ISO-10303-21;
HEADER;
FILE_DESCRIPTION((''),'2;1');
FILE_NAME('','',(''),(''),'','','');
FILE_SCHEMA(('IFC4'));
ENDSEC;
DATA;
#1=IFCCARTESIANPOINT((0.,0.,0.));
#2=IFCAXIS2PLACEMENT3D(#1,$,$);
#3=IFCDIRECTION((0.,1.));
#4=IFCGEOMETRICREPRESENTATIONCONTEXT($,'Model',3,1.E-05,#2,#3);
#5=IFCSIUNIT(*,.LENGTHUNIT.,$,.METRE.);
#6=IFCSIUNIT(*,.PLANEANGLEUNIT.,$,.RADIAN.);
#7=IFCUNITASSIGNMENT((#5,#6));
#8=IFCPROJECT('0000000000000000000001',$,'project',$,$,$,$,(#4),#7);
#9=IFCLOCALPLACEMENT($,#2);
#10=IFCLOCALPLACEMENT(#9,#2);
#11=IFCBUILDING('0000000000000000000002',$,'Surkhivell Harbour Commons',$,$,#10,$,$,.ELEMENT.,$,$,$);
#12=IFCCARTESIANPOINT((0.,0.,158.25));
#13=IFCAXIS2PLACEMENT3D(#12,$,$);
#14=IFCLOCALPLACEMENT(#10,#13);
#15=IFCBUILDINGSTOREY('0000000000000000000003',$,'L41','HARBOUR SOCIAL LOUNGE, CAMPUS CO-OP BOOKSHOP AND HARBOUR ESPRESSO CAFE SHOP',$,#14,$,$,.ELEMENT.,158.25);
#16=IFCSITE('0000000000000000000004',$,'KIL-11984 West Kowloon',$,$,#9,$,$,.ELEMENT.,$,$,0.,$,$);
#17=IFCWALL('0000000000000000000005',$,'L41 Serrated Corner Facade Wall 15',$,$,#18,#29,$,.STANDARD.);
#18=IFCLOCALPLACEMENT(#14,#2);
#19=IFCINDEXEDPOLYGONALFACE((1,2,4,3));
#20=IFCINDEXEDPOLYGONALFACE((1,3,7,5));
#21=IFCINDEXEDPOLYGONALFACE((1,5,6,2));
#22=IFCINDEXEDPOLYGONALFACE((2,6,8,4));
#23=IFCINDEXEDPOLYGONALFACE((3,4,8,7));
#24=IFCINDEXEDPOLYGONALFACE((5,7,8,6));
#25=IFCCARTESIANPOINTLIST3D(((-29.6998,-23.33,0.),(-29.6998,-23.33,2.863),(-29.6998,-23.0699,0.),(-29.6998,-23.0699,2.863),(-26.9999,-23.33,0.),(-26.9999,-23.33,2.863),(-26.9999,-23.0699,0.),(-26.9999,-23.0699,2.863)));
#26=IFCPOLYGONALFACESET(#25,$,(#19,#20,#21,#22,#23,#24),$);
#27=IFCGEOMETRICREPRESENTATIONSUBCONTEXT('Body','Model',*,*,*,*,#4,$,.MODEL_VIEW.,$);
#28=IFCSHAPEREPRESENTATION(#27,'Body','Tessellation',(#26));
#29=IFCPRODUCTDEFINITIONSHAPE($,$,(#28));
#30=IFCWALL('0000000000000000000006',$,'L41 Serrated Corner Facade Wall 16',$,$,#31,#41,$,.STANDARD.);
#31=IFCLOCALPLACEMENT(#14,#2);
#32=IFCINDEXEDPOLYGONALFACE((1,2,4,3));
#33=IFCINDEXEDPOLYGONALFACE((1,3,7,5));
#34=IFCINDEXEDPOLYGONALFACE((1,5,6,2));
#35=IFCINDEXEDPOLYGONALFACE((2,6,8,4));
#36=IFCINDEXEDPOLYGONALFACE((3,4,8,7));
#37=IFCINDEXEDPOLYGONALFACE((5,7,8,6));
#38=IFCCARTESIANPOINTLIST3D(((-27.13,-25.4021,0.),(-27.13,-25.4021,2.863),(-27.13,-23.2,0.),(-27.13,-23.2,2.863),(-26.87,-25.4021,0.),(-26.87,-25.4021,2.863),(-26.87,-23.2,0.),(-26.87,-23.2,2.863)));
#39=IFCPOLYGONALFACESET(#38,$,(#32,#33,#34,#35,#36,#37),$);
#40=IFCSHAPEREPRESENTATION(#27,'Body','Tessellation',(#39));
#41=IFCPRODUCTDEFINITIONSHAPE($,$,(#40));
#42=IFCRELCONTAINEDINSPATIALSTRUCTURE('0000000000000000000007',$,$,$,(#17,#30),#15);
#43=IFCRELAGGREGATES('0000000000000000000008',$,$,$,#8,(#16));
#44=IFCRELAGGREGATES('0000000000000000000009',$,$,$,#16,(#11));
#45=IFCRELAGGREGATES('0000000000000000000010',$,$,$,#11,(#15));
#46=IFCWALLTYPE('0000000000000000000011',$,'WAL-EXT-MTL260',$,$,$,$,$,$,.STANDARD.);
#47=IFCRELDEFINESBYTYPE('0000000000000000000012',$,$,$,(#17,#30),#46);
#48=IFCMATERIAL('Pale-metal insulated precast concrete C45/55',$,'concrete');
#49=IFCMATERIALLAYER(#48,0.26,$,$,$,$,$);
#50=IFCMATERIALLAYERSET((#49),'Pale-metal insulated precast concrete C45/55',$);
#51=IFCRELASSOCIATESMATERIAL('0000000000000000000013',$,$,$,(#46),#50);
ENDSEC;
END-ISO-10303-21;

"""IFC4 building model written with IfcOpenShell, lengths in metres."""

from ifc_helpers import new_model, si_unit, direction, frame, frame_2d, origin, place, context, subcontext, project, spatial, rectangle, extrude, material, layer, layer_set, type_object, element, save


model = new_model("IFC4")

# Units and contexts
model_context = context("Model", 3, precision=1e-05, world=origin(), true_north=direction((0.0, 1.0)))
body_context = subcontext(model_context, "Body", "Model", "MODEL_VIEW")
ifc_project = project(units=[si_unit("LENGTHUNIT", "METRE"), si_unit("PLANEANGLEUNIT", "RADIAN")], contexts=[model_context])

# Site, building, storey
site_placement = place(None, origin())
site = spatial("IfcSite", under=ifc_project, at=site_placement, Name="KIL-11984 West Kowloon", CompositionType="ELEMENT", RefElevation=0.0)
building_placement = place(site_placement, origin())
building = spatial("IfcBuilding", under=site, at=building_placement, Name="Surkhivell Harbour Commons", CompositionType="ELEMENT")
storey_placement = place(building_placement, frame((0.0, 0.0, 158.25)))
storey = spatial("IfcBuildingStorey", under=building, at=storey_placement, Name="L41", Description="HARBOUR SOCIAL LOUNGE, CAMPUS CO-OP BOOKSHOP AND HARBOUR ESPRESSO CAFE SHOP", CompositionType="ELEMENT", Elevation=158.25)

# Walls
ifc_material_1 = material(Name="Pale-metal insulated precast concrete C45/55", Category="concrete")
ifc_layer_1 = layer(ifc_material_1, 0.26)
ifc_layer_set_1 = layer_set([ifc_layer_1], Name="Pale-metal insulated precast concrete C45/55")
wall_type = type_object("IfcWallType", Name="WAL-EXT-MTL260", PredefinedType="STANDARD", material=ifc_layer_set_1)
for number, where, z_axis, x_axis, name in (
    (1, (-29.7, -23.2, 0.0), (0.0, 0.0, 1.0), (1.0, 0.0, 0.0), "L41 Serrated Corner Facade Wall 15"),
):
    element("IfcWall", number, at=place(storey_placement, frame(where, z_axis=z_axis, x_axis=x_axis)), inside=storey, type_object=wall_type, Name=name, PredefinedType="STANDARD", context=body_context, shape_type="SweptSolid", body=[
        extrude(rectangle(XDim=2.7, YDim=0.26, at=frame_2d((1.3501, 0.0))), origin(), (0.0, 0.0, 1.0), 2.863),
    ])
wall_1_placement = place(storey_placement, frame((-27.0, -23.2, 0.0), z_axis=(0.0, 0.0, 1.0), x_axis=(0.0, -1.0, 0.0)))
element("IfcWall", 2, at=wall_1_placement, inside=storey, type_object=wall_type, Name="L41 Serrated Corner Facade Wall 16", PredefinedType="STANDARD", context=body_context, shape_type="SweptSolid", body=[
    extrude(rectangle(XDim=2.2021, YDim=0.26, at=frame_2d((1.1011, 0.0))), origin(), (0.0, 0.0, 1.0), 2.863),
])

save(model, "model.ifc")
